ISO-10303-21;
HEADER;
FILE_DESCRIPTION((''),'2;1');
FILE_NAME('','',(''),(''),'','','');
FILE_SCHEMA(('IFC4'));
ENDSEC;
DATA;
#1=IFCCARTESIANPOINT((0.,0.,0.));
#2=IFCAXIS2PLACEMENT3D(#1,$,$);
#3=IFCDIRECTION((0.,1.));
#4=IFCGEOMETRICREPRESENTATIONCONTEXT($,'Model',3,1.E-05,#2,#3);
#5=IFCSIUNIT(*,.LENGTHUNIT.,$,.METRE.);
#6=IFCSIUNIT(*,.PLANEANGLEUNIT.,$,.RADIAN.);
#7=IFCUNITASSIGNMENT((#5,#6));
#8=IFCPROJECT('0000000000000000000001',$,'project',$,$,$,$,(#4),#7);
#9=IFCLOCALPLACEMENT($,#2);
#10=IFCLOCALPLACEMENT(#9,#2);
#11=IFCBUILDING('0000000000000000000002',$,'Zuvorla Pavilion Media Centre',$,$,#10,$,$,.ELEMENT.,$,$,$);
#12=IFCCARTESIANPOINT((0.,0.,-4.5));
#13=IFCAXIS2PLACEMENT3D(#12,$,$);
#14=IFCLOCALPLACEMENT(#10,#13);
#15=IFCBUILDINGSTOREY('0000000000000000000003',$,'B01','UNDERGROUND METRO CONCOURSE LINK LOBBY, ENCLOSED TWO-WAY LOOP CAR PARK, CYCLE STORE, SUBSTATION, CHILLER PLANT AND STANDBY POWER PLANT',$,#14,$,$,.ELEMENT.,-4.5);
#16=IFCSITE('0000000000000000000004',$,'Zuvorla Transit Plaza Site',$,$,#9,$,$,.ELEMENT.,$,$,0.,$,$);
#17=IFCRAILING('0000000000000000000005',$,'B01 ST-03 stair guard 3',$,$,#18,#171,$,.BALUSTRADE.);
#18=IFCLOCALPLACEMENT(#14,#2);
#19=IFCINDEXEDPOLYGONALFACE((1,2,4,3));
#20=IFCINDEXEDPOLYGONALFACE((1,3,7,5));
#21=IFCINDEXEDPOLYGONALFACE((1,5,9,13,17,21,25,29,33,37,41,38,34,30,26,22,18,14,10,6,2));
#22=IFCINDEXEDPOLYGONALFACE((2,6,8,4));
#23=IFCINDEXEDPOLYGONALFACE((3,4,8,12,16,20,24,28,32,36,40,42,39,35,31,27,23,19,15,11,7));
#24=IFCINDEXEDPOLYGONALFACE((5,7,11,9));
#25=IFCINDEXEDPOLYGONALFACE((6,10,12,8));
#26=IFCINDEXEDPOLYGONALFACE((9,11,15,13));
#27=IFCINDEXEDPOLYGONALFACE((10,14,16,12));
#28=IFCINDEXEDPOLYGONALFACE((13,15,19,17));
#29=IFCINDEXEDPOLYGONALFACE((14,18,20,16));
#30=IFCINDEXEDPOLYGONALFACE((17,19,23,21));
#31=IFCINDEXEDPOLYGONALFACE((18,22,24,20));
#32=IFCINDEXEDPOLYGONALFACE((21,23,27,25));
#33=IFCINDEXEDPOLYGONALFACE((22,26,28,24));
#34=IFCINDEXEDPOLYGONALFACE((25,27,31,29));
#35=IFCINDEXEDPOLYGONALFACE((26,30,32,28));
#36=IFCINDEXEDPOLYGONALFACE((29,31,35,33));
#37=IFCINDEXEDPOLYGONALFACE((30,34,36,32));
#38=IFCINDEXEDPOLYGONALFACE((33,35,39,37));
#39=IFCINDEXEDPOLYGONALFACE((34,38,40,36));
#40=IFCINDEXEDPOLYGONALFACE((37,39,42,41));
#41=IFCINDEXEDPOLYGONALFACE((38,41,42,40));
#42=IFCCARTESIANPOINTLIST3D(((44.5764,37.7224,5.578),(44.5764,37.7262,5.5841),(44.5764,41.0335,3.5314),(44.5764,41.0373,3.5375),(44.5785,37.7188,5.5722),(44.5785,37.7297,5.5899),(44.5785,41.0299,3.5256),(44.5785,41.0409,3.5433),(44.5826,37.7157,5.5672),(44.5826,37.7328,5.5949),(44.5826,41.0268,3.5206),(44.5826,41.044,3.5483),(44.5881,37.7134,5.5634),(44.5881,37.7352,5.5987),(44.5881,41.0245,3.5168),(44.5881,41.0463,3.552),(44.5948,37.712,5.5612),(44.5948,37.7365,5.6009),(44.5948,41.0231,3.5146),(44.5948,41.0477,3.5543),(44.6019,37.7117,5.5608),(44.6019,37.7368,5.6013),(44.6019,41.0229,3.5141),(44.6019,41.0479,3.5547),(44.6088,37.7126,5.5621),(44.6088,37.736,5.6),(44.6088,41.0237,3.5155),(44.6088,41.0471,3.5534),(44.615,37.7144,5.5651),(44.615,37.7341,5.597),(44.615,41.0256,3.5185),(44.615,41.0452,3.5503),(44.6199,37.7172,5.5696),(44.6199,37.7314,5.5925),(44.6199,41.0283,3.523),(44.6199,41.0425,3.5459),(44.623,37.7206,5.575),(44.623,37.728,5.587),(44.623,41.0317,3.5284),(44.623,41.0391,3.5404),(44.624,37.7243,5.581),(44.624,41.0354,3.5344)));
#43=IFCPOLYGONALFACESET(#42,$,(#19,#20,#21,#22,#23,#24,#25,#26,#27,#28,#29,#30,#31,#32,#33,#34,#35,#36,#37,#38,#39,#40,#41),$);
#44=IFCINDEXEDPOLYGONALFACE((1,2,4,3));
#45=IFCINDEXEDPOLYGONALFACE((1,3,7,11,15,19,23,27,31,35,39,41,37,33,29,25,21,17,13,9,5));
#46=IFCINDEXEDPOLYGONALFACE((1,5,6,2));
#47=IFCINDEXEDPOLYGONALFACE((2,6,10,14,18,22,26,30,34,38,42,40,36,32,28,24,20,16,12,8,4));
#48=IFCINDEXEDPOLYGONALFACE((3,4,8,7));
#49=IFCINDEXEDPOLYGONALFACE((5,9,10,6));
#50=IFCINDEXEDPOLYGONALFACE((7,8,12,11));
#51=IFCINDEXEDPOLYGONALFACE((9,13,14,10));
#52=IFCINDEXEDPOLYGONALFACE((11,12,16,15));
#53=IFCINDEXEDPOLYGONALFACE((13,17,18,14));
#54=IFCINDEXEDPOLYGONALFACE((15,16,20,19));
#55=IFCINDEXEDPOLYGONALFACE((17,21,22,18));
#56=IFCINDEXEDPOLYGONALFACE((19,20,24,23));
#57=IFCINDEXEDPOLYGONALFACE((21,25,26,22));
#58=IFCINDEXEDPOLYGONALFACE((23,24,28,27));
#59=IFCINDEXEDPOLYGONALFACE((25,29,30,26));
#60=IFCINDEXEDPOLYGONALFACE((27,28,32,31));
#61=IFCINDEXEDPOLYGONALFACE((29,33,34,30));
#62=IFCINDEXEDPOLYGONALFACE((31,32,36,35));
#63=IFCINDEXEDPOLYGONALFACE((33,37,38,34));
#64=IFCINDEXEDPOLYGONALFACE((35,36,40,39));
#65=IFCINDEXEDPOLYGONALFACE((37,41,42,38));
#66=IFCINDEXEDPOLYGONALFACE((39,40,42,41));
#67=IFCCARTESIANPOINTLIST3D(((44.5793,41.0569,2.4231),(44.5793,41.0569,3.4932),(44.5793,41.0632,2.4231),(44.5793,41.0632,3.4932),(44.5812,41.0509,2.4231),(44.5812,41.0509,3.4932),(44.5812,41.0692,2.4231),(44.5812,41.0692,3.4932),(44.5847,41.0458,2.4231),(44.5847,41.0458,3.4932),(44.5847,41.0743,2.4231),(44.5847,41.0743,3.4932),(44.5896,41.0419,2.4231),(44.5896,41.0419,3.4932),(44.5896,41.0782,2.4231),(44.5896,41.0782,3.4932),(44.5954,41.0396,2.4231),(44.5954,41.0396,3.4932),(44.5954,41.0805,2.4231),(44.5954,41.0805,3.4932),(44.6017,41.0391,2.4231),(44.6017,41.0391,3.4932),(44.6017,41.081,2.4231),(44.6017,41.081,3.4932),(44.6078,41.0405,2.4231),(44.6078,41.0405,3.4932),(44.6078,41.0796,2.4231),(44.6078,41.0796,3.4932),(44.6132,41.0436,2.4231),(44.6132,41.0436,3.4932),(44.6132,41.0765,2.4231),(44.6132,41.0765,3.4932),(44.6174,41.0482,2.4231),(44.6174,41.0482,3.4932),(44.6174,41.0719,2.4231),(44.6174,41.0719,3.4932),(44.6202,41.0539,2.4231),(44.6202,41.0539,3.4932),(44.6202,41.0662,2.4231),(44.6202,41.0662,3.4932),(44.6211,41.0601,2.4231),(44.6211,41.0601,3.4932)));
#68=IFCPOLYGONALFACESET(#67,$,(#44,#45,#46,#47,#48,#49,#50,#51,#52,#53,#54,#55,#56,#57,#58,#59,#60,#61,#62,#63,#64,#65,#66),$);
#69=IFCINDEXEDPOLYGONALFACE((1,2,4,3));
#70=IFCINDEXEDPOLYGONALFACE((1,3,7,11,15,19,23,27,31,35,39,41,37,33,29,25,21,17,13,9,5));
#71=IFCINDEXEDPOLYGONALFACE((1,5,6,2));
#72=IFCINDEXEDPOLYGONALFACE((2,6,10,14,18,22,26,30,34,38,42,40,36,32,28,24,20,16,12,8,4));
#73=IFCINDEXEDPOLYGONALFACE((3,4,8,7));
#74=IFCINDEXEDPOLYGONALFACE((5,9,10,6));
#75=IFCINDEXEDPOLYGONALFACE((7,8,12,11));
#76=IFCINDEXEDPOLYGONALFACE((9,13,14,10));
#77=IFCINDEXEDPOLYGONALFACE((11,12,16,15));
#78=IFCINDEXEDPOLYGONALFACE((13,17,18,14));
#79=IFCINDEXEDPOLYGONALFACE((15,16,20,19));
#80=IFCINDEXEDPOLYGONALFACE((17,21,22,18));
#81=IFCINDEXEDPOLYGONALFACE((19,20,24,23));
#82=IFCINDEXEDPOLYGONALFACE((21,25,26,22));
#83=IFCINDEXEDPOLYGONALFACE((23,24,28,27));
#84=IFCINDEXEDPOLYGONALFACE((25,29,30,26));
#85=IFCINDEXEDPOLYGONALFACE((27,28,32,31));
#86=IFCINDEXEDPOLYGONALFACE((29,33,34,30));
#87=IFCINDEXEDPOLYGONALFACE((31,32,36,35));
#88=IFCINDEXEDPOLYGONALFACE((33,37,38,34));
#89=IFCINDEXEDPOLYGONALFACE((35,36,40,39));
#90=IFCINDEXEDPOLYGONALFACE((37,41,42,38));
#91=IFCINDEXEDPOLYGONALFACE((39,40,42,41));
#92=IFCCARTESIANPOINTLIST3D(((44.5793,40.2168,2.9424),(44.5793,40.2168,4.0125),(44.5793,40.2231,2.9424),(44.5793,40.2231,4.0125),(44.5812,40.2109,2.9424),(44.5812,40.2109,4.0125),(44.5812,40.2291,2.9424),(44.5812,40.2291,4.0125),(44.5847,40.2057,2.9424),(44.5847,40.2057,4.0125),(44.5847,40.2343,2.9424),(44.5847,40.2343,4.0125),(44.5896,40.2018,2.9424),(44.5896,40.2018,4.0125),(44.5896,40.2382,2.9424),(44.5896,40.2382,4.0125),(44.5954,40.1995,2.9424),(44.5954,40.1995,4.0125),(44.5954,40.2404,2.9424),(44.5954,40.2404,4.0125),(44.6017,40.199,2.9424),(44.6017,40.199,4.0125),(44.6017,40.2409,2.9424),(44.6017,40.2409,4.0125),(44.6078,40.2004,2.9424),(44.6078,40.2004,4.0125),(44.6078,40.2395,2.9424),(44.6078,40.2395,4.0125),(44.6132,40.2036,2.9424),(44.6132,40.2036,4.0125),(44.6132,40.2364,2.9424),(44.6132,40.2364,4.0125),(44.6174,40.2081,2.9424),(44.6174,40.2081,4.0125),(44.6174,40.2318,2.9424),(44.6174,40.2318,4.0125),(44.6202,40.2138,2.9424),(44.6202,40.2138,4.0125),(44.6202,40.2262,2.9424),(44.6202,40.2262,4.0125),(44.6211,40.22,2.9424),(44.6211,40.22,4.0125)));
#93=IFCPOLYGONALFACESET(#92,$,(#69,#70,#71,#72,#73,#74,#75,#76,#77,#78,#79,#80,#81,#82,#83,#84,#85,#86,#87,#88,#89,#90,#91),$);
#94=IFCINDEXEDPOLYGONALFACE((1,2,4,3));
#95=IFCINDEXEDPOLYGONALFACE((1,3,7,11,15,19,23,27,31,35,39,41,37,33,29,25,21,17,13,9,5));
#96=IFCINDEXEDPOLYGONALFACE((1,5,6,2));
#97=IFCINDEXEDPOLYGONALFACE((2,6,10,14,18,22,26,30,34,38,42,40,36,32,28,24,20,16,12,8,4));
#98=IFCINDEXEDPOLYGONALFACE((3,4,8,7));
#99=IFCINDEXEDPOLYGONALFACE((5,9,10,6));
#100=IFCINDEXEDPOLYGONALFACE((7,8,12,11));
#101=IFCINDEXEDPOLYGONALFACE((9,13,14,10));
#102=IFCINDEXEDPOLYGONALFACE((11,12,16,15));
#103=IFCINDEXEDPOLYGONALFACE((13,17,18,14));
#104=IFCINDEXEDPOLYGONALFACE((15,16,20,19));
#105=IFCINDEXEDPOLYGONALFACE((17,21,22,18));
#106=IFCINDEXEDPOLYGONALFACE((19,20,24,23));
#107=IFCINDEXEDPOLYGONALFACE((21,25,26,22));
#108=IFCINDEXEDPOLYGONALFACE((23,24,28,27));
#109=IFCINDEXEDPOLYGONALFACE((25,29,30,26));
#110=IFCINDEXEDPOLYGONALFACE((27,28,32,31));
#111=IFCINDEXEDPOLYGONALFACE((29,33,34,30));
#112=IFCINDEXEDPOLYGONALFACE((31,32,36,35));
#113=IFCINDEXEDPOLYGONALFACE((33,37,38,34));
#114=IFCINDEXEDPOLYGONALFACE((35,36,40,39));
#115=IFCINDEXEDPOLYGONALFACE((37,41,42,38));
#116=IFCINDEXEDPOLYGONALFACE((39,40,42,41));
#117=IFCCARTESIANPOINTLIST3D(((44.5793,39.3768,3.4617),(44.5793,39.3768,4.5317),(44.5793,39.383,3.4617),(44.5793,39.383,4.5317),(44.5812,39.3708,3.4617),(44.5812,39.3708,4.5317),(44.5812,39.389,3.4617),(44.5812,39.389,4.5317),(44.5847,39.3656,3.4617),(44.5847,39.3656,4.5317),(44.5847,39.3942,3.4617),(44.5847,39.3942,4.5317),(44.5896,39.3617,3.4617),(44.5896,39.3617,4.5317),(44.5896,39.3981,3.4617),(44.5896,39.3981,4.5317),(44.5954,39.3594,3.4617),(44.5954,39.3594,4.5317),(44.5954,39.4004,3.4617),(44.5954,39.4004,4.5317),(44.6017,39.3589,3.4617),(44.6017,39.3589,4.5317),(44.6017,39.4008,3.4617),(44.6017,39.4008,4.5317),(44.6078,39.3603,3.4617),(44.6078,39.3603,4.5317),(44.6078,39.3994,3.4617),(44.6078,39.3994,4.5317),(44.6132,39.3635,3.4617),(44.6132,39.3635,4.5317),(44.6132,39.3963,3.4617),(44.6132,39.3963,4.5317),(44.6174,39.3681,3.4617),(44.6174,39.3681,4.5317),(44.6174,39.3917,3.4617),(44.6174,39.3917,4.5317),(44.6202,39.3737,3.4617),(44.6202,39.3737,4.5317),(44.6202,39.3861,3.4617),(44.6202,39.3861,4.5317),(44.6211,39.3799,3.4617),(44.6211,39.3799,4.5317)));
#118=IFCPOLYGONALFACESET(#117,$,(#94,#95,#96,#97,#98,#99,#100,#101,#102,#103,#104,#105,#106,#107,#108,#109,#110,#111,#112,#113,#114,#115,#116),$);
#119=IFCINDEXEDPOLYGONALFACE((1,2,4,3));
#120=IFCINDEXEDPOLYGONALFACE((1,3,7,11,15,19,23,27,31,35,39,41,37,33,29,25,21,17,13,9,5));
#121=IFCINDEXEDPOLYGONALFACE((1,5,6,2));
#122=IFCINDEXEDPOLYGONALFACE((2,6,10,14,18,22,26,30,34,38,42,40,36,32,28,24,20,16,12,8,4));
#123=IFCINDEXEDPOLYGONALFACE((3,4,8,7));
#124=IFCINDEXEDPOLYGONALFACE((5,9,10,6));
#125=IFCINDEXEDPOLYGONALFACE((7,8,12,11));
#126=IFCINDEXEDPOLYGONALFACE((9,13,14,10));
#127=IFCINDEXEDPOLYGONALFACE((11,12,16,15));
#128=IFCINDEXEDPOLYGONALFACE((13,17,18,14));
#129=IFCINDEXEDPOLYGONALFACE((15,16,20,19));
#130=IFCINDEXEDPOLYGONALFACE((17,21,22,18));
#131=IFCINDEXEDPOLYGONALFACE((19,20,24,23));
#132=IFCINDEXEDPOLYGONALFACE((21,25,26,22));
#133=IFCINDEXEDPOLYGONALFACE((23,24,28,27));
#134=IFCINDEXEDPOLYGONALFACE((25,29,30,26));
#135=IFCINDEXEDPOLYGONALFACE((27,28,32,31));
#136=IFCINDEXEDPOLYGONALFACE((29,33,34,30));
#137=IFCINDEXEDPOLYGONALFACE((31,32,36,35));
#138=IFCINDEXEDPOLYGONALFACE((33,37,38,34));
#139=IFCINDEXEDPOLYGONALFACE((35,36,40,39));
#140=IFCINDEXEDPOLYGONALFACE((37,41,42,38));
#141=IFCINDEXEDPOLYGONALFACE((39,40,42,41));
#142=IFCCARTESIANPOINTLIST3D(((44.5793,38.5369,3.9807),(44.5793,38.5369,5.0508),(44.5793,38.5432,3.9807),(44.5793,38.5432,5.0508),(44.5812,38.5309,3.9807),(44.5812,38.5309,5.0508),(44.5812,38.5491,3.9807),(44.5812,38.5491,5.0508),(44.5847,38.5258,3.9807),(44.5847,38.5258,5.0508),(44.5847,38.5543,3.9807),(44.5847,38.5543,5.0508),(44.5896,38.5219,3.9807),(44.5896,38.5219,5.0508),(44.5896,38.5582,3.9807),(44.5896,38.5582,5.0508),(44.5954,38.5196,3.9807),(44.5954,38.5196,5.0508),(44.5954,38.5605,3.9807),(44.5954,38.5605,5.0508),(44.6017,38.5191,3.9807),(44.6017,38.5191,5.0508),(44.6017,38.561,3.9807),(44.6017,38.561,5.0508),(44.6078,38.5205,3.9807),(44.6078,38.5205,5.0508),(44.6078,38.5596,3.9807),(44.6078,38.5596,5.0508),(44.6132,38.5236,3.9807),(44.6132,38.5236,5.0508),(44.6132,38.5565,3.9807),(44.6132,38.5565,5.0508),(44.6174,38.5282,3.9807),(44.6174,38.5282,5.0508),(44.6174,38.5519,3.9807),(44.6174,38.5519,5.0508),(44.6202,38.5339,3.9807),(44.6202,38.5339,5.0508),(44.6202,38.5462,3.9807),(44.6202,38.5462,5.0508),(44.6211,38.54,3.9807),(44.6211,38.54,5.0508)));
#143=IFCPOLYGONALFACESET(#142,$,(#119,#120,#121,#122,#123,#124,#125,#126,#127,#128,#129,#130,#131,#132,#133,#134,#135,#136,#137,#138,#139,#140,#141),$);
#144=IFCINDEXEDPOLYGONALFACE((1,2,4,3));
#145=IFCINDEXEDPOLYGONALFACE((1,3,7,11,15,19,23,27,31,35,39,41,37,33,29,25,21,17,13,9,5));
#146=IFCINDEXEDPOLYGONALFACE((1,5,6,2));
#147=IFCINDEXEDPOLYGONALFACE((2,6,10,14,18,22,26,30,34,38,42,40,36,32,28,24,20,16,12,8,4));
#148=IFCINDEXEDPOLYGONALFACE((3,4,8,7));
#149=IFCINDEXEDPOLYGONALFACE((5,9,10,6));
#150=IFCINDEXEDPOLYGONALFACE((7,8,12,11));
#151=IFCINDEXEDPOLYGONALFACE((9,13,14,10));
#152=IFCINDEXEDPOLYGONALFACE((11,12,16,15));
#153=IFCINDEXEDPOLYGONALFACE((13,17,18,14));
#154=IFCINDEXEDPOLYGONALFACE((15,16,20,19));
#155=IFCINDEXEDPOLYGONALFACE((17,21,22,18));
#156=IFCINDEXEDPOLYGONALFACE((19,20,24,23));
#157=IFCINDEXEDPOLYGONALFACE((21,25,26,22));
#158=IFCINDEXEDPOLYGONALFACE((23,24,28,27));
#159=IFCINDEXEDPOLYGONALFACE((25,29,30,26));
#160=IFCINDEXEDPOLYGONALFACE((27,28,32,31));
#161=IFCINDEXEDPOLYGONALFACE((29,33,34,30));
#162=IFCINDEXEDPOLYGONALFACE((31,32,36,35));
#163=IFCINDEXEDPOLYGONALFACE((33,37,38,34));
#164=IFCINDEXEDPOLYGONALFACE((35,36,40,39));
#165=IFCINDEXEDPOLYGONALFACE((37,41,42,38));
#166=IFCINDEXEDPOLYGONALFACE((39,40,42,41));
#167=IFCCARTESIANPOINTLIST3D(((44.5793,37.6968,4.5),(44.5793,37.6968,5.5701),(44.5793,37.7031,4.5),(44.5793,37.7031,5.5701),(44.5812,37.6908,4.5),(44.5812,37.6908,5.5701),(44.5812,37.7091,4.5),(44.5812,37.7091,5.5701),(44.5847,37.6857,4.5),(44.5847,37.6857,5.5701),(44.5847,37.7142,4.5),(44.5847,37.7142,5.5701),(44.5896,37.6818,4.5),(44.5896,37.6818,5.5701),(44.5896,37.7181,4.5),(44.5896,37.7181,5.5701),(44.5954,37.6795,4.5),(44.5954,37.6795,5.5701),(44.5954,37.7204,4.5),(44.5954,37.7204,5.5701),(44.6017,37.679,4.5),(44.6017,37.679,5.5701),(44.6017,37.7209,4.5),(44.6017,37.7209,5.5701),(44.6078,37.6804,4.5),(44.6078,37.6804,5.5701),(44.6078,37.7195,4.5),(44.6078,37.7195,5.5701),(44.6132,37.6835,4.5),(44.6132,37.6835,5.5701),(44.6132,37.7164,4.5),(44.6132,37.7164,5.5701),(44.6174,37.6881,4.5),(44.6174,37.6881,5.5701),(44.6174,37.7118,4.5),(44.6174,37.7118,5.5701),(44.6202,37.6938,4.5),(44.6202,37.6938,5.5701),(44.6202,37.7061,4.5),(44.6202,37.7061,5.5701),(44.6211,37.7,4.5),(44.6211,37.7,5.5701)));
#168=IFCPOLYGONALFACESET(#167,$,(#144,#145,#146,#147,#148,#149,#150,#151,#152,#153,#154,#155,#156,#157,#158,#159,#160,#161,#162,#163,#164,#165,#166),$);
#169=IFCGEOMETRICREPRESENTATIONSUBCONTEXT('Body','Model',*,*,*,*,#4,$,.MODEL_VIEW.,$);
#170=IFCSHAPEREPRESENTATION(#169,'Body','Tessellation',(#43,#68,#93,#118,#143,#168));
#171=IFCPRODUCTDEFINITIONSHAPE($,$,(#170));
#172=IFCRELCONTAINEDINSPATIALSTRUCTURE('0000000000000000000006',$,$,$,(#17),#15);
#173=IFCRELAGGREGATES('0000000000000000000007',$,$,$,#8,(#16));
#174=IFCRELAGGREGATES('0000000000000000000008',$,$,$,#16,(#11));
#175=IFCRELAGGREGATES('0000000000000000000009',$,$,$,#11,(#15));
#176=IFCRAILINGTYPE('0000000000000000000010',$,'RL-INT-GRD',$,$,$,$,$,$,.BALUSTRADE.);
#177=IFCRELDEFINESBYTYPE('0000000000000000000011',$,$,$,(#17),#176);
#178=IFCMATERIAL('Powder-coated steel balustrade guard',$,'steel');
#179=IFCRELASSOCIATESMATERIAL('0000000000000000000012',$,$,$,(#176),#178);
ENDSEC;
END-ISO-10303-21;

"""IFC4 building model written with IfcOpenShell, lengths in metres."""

from ifc_helpers import new_model, si_unit, direction, frame, origin, origin_2d, place, context, subcontext, project, spatial, circle, extrude, material, type_object, element, save


model = new_model("IFC4")

# Units and contexts
model_context = context("Model", 3, precision=1e-05, world=origin(), true_north=direction((0.0, 1.0)))
body_context = subcontext(model_context, "Body", "Model", "MODEL_VIEW")
ifc_project = project(units=[si_unit("LENGTHUNIT", "METRE"), si_unit("PLANEANGLEUNIT", "RADIAN")], contexts=[model_context])

# Site, building, storey
site_placement = place(None, origin())
site = spatial("IfcSite", under=ifc_project, at=site_placement, Name="Zuvorla Transit Plaza Site", CompositionType="ELEMENT", RefElevation=0.0)
building_placement = place(site_placement, origin())
building = spatial("IfcBuilding", under=site, at=building_placement, Name="Zuvorla Pavilion Media Centre", CompositionType="ELEMENT")
storey_placement = place(building_placement, frame((0.0, 0.0, -4.5)))
storey = spatial("IfcBuildingStorey", under=building, at=storey_placement, Name="B01", Description="UNDERGROUND METRO CONCOURSE LINK LOBBY, ENCLOSED TWO-WAY LOOP CAR PARK, CYCLE STORE, SUBSTATION, CHILLER PLANT AND STANDBY POWER PLANT", CompositionType="ELEMENT", Elevation=-4.5)

# Railing
ifc_material_1 = material(Name="Powder-coated steel balustrade guard", Category="steel")
railing_type_1 = type_object("IfcRailingType", Name="RL-INT-GRD", PredefinedType="BALUSTRADE", material=ifc_material_1)
railing_1_placement = place(storey_placement, frame((44.6001, 41.0601, 2.4231)))
element("IfcRailing", 1, at=railing_1_placement, inside=storey, type_object=railing_type_1, Name="B01 ST-03 stair guard 3", PredefinedType="BALUSTRADE", context=body_context, shape_type="SweptSolid", body=[
    extrude(circle(Radius=0.0239, at=origin_2d()), frame((0.0, -0.0247, 1.1113), z_axis=(0.0, -0.850623, 0.525776), x_axis=(1.0, 0.0, 0.0)), (0.0, 0.0, 1.0), 3.8926),
    extrude(circle(Radius=0.021, at=origin_2d()), origin(), (0.0, 0.0, 1.0), 1.0701),
    extrude(circle(Radius=0.021, at=origin_2d()), frame((0.0, -0.8401, 0.5193)), (0.0, 0.0, 1.0), 1.0701),
    extrude(circle(Radius=0.021, at=origin_2d()), frame((0.0, -1.6802, 1.0386)), (0.0, 0.0, 1.0), 1.0701),
    extrude(circle(Radius=0.021, at=origin_2d()), frame((0.0, -2.52, 1.5576)), (0.0, 0.0, 1.0), 1.0701),
    extrude(circle(Radius=0.021, at=origin_2d()), frame((0.0, -3.3601, 2.0769)), (0.0, 0.0, 1.0), 1.0701),
])

save(model, "model.ifc")
